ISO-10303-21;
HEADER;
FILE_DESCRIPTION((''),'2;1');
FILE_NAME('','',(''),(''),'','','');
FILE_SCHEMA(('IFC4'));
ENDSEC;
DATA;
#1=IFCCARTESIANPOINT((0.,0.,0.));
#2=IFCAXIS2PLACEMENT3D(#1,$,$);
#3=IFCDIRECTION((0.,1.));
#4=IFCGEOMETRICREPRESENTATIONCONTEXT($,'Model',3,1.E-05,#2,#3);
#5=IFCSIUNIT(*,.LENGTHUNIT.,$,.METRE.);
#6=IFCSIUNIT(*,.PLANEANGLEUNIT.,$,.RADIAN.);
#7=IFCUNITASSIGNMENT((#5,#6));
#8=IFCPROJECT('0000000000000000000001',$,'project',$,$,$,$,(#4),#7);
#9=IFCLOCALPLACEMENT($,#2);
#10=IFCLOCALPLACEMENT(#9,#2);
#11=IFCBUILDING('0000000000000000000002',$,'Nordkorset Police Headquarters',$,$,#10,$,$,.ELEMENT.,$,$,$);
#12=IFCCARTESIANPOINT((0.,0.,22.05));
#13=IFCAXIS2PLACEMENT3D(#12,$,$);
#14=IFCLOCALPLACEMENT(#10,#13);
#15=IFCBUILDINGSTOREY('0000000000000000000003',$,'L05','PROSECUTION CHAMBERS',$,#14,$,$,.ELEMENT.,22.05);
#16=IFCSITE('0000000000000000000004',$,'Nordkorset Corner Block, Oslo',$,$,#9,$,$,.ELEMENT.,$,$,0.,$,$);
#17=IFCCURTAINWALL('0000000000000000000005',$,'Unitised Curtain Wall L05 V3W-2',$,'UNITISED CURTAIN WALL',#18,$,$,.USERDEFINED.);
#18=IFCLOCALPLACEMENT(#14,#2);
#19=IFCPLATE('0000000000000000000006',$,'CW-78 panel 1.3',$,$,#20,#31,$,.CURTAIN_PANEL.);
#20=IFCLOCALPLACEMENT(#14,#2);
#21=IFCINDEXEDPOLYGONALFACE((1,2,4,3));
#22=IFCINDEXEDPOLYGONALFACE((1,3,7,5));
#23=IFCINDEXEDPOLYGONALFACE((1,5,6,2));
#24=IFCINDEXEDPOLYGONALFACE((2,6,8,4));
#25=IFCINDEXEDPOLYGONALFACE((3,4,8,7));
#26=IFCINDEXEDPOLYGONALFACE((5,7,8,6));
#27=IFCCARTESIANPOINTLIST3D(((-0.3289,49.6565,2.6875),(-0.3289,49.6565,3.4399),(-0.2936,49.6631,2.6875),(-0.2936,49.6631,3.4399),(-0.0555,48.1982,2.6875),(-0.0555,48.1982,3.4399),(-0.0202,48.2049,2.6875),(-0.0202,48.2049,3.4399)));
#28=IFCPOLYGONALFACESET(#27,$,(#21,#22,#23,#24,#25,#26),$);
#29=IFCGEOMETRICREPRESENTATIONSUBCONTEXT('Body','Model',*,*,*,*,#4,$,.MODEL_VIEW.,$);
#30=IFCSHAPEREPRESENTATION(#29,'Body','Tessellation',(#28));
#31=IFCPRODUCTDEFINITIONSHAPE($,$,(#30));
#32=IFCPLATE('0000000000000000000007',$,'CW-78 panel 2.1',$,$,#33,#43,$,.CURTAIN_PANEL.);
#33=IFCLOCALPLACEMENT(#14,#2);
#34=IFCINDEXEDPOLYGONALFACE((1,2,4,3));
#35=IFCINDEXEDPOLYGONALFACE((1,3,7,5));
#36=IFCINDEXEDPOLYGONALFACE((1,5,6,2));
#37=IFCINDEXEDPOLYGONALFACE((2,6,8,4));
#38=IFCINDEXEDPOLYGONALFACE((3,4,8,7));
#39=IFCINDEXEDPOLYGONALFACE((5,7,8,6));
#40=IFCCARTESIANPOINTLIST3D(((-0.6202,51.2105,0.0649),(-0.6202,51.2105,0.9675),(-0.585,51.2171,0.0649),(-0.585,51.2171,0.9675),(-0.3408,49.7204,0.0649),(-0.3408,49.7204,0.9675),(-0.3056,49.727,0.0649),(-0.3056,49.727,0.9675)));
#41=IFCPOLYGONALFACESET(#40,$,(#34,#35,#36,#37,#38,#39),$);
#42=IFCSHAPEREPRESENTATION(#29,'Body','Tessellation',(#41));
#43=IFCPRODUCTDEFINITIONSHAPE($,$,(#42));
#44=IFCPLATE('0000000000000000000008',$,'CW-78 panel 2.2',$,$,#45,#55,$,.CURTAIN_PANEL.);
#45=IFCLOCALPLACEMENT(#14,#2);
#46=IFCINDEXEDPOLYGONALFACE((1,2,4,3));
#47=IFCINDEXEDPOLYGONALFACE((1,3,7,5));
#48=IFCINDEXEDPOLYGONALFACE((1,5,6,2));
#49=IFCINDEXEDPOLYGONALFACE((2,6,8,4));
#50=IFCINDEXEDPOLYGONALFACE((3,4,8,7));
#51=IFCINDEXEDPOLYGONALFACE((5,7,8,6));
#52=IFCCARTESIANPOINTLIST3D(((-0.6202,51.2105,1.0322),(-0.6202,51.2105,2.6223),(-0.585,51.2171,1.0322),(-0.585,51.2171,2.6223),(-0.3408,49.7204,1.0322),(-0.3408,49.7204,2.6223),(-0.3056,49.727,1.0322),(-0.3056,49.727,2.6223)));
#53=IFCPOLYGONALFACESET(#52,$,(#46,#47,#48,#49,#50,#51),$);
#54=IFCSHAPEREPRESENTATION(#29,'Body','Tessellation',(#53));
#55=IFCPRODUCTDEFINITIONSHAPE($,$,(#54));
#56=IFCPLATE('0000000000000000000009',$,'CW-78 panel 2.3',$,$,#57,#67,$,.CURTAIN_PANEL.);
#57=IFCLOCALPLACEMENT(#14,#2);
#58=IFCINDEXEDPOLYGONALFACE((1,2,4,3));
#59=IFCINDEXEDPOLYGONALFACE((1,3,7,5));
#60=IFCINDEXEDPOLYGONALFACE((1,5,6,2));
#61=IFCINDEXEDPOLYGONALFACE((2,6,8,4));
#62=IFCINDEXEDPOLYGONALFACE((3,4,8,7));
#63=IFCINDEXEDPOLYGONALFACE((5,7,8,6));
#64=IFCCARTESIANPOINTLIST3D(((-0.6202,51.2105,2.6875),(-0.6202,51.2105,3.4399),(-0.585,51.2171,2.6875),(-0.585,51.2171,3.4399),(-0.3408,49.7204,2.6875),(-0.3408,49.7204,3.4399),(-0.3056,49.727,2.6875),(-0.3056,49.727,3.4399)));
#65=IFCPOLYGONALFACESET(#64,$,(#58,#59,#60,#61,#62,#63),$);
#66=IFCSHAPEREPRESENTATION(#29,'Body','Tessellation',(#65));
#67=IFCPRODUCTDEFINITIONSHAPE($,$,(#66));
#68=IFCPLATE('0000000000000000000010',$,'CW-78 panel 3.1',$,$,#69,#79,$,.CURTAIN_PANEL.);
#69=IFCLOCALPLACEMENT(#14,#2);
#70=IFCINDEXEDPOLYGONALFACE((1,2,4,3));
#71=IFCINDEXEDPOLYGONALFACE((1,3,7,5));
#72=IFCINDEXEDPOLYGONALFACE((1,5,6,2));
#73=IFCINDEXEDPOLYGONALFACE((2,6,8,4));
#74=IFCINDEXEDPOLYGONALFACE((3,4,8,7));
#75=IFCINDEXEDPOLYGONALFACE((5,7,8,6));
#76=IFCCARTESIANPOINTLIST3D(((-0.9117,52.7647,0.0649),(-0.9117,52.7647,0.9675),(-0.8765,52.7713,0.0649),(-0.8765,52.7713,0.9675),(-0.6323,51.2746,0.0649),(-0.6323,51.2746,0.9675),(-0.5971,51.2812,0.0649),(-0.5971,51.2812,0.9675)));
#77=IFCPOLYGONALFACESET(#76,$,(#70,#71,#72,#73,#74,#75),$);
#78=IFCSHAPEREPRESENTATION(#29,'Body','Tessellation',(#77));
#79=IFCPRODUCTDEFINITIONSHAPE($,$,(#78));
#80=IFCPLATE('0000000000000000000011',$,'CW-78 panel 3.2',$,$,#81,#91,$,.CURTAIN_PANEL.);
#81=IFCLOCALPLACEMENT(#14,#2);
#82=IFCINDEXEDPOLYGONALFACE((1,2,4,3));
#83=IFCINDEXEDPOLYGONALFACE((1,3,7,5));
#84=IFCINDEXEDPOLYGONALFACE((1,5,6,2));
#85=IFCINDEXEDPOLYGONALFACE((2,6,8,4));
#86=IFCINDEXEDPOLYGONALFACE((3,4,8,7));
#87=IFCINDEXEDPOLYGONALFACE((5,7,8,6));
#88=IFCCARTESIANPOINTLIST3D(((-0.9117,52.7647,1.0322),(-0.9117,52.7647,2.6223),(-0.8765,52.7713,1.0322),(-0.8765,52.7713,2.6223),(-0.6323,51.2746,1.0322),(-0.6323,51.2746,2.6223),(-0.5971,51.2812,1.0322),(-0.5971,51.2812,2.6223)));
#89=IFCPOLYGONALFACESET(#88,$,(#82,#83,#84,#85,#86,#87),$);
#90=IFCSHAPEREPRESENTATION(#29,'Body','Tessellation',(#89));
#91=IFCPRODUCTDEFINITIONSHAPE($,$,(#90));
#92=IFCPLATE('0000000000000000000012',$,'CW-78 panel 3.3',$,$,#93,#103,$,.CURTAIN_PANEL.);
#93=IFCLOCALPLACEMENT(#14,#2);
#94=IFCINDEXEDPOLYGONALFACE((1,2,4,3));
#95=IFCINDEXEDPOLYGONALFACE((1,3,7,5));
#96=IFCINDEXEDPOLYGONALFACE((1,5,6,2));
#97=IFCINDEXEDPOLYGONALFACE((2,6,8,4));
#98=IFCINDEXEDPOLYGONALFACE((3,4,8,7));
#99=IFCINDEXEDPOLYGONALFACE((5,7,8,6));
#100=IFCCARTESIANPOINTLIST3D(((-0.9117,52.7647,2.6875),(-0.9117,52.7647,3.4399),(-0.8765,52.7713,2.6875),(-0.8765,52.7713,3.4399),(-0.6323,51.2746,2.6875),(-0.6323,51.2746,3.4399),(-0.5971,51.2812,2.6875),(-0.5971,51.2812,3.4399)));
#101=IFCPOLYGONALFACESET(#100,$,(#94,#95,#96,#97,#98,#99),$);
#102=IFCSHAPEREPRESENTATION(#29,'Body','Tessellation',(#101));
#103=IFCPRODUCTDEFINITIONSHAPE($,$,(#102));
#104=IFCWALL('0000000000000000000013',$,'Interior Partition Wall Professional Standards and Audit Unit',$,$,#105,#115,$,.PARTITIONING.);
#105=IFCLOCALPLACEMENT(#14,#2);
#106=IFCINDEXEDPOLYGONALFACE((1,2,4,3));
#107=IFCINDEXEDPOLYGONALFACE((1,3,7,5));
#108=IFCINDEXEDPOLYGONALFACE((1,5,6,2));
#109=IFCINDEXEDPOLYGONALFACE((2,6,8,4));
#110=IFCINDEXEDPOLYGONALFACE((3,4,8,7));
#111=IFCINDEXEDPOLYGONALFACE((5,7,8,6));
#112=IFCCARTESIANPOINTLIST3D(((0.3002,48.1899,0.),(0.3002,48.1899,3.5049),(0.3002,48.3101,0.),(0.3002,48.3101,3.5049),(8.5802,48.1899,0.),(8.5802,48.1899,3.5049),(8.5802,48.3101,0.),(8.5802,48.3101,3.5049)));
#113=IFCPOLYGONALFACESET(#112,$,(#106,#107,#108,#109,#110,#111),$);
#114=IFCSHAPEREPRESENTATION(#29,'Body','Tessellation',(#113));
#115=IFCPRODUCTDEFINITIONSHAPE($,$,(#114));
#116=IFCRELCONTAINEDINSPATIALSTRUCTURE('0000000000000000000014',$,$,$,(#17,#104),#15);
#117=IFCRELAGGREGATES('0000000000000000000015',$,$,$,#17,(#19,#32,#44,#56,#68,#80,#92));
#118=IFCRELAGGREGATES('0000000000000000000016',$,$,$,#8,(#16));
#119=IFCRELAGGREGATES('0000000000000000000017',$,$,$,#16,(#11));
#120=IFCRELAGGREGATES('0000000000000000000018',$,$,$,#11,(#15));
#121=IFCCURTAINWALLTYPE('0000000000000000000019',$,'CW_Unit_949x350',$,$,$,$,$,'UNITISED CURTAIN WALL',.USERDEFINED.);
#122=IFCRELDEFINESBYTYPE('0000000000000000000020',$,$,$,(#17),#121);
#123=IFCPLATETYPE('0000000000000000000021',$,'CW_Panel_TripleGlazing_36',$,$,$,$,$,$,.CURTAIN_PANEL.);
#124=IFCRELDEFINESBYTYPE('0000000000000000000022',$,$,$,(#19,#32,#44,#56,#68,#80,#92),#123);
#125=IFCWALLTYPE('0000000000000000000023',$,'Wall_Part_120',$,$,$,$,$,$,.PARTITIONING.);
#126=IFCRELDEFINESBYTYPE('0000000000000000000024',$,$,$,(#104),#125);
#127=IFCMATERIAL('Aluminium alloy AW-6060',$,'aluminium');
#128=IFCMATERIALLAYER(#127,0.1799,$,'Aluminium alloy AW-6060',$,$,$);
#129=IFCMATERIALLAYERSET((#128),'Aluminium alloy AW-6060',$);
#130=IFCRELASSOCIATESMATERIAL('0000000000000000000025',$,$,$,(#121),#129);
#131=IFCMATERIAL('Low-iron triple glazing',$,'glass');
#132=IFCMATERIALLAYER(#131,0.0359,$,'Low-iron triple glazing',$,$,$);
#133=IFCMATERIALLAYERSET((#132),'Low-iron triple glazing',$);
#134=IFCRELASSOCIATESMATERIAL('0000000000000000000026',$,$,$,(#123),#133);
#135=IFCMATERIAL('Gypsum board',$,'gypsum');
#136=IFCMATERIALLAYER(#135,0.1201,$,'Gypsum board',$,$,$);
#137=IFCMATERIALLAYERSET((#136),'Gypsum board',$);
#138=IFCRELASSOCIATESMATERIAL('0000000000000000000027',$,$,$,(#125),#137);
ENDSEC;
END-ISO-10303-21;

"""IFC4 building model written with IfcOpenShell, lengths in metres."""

from ifc_helpers import new_model, si_unit, direction, frame, frame_2d, origin, origin_2d, place, context, subcontext, project, spatial, rectangle, extrude, material, layer, layer_set, type_object, element, aggregate, save


model = new_model("IFC4")

# Units and contexts
model_context = context("Model", 3, precision=1e-05, world=origin(), true_north=direction((0.0, 1.0)))
body_context = subcontext(model_context, "Body", "Model", "MODEL_VIEW")
ifc_project = project(units=[si_unit("LENGTHUNIT", "METRE"), si_unit("PLANEANGLEUNIT", "RADIAN")], contexts=[model_context])

# Site, building, storey
site_placement = place(None, origin())
site = spatial("IfcSite", under=ifc_project, at=site_placement, Name="Nordkorset Corner Block, Oslo", CompositionType="ELEMENT", RefElevation=0.0)
building_placement = place(site_placement, origin())
building = spatial("IfcBuilding", under=site, at=building_placement, Name="Nordkorset Police Headquarters", CompositionType="ELEMENT")
storey_placement = place(building_placement, frame((0.0, 0.0, 22.05)))
storey = spatial("IfcBuildingStorey", under=building, at=storey_placement, Name="L05", Description="PROSECUTION CHAMBERS", CompositionType="ELEMENT", Elevation=22.05)

# Curtain wall
ifc_material_1 = material(Name="Aluminium alloy AW-6060", Category="aluminium")
ifc_layer_1 = layer(ifc_material_1, 0.1799, Name="Aluminium alloy AW-6060")
ifc_layer_set_1 = layer_set([ifc_layer_1], Name="Aluminium alloy AW-6060")
curtain_wall_type = type_object("IfcCurtainWallType", Name="CW_Unit_949x350", ElementType="UNITISED CURTAIN WALL", PredefinedType="USERDEFINED", material=ifc_layer_set_1)
curtain_wall_placement = place(storey_placement, origin())
curtain_wall = element("IfcCurtainWall", 1, at=curtain_wall_placement, inside=storey, type_object=curtain_wall_type, Name="Unitised Curtain Wall L05 V3W-2", ObjectType="UNITISED CURTAIN WALL", PredefinedType="USERDEFINED")

# Plates
ifc_material_2 = material(Name="Low-iron triple glazing", Category="glass")
ifc_layer_2 = layer(ifc_material_2, 0.0359, Name="Low-iron triple glazing")
ifc_layer_set_2 = layer_set([ifc_layer_2], Name="Low-iron triple glazing")
plate_type = type_object("IfcPlateType", Name="CW_Panel_TripleGlazing_36", PredefinedType="CURTAIN_PANEL", material=ifc_layer_set_2)
plate_1_placement = place(storey_placement, frame((-0.1746, 48.9307, 2.6875), z_axis=(0.0, 0.0, 1.0), x_axis=(-0.184289, 0.982872, 0.0)))
plate_1 = element("IfcPlate", 2, at=plate_1_placement, type_object=plate_type, Name="CW-78 panel 1.3", PredefinedType="CURTAIN_PANEL", context=body_context, shape_type="SweptSolid", body=[
    extrude(rectangle(XDim=1.4836, YDim=0.0359, at=origin_2d()), origin(), (0.0, 0.0, 1.0), 0.7524),
])
plate_2_placement = place(storey_placement, frame((-0.4629, 50.4688, 0.0649), z_axis=(0.0, 0.0, 1.0), x_axis=(-0.184289, 0.982872, 0.0)))
plate_2 = element("IfcPlate", 3, at=plate_2_placement, type_object=plate_type, Name="CW-78 panel 2.1", PredefinedType="CURTAIN_PANEL", context=body_context, shape_type="SweptSolid", body=[
    extrude(rectangle(XDim=1.5161, YDim=0.0359, at=origin_2d()), origin(), (0.0, 0.0, 1.0), 0.9026),
])
plate_3_placement = place(storey_placement, frame((-0.4629, 50.4688, 1.0322), z_axis=(0.0, 0.0, 1.0), x_axis=(-0.184289, 0.982872, 0.0)))
plate_3 = element("IfcPlate", 4, at=plate_3_placement, type_object=plate_type, Name="CW-78 panel 2.2", PredefinedType="CURTAIN_PANEL", context=body_context, shape_type="SweptSolid", body=[
    extrude(rectangle(XDim=1.5161, YDim=0.0359, at=origin_2d()), origin(), (0.0, 0.0, 1.0), 1.5901),
])
plate_4_placement = place(storey_placement, frame((-0.4629, 50.4688, 2.6875), z_axis=(0.0, 0.0, 1.0), x_axis=(-0.184289, 0.982872, 0.0)))
plate_4 = element("IfcPlate", 5, at=plate_4_placement, type_object=plate_type, Name="CW-78 panel 2.3", PredefinedType="CURTAIN_PANEL", context=body_context, shape_type="SweptSolid", body=[
    extrude(rectangle(XDim=1.5161, YDim=0.0359, at=origin_2d()), origin(), (0.0, 0.0, 1.0), 0.7524),
])
plate_5_placement = place(storey_placement, frame((-0.7544, 52.0229, 0.0649), z_axis=(0.0, 0.0, 1.0), x_axis=(-0.184289, 0.982872, 0.0)))
plate_5 = element("IfcPlate", 6, at=plate_5_placement, type_object=plate_type, Name="CW-78 panel 3.1", PredefinedType="CURTAIN_PANEL", context=body_context, shape_type="SweptSolid", body=[
    extrude(rectangle(XDim=1.5161, YDim=0.0359, at=origin_2d()), origin(), (0.0, 0.0, 1.0), 0.9026),
])
plate_6_placement = place(storey_placement, frame((-0.7544, 52.0229, 1.0322), z_axis=(0.0, 0.0, 1.0), x_axis=(-0.184289, 0.982872, 0.0)))
plate_6 = element("IfcPlate", 7, at=plate_6_placement, type_object=plate_type, Name="CW-78 panel 3.2", PredefinedType="CURTAIN_PANEL", context=body_context, shape_type="SweptSolid", body=[
    extrude(rectangle(XDim=1.5161, YDim=0.0359, at=origin_2d()), origin(), (0.0, 0.0, 1.0), 1.5901),
])
plate_7_placement = place(storey_placement, frame((-0.7544, 52.0229, 2.6875), z_axis=(0.0, 0.0, 1.0), x_axis=(-0.184289, 0.982872, 0.0)))
plate_7 = element("IfcPlate", 8, at=plate_7_placement, type_object=plate_type, Name="CW-78 panel 3.3", PredefinedType="CURTAIN_PANEL", context=body_context, shape_type="SweptSolid", body=[
    extrude(rectangle(XDim=1.5161, YDim=0.0359, at=origin_2d()), origin(), (0.0, 0.0, 1.0), 0.7524),
])
aggregate(curtain_wall, [plate_1, plate_2, plate_3, plate_4, plate_5, plate_6, plate_7])

# Wall
ifc_material_3 = material(Name="Gypsum board", Category="gypsum")
ifc_layer_3 = layer(ifc_material_3, 0.1201, Name="Gypsum board")
ifc_layer_set_3 = layer_set([ifc_layer_3], Name="Gypsum board")
wall_type = type_object("IfcWallType", Name="Wall_Part_120", PredefinedType="PARTITIONING", material=ifc_layer_set_3)
wall_placement = place(storey_placement, frame((0.3, 48.25, 0.0), z_axis=(0.0, 0.0, 1.0), x_axis=(1.0, 0.0, 0.0)))
element("IfcWall", 9, at=wall_placement, inside=storey, type_object=wall_type, Name="Interior Partition Wall Professional Standards and Audit Unit", PredefinedType="PARTITIONING", context=body_context, shape_type="SweptSolid", body=[
    extrude(rectangle(XDim=8.28, YDim=0.1201, at=frame_2d((4.1401, 0.0))), origin(), (0.0, 0.0, 1.0), 3.5049),
])

save(model, "model.ifc")
